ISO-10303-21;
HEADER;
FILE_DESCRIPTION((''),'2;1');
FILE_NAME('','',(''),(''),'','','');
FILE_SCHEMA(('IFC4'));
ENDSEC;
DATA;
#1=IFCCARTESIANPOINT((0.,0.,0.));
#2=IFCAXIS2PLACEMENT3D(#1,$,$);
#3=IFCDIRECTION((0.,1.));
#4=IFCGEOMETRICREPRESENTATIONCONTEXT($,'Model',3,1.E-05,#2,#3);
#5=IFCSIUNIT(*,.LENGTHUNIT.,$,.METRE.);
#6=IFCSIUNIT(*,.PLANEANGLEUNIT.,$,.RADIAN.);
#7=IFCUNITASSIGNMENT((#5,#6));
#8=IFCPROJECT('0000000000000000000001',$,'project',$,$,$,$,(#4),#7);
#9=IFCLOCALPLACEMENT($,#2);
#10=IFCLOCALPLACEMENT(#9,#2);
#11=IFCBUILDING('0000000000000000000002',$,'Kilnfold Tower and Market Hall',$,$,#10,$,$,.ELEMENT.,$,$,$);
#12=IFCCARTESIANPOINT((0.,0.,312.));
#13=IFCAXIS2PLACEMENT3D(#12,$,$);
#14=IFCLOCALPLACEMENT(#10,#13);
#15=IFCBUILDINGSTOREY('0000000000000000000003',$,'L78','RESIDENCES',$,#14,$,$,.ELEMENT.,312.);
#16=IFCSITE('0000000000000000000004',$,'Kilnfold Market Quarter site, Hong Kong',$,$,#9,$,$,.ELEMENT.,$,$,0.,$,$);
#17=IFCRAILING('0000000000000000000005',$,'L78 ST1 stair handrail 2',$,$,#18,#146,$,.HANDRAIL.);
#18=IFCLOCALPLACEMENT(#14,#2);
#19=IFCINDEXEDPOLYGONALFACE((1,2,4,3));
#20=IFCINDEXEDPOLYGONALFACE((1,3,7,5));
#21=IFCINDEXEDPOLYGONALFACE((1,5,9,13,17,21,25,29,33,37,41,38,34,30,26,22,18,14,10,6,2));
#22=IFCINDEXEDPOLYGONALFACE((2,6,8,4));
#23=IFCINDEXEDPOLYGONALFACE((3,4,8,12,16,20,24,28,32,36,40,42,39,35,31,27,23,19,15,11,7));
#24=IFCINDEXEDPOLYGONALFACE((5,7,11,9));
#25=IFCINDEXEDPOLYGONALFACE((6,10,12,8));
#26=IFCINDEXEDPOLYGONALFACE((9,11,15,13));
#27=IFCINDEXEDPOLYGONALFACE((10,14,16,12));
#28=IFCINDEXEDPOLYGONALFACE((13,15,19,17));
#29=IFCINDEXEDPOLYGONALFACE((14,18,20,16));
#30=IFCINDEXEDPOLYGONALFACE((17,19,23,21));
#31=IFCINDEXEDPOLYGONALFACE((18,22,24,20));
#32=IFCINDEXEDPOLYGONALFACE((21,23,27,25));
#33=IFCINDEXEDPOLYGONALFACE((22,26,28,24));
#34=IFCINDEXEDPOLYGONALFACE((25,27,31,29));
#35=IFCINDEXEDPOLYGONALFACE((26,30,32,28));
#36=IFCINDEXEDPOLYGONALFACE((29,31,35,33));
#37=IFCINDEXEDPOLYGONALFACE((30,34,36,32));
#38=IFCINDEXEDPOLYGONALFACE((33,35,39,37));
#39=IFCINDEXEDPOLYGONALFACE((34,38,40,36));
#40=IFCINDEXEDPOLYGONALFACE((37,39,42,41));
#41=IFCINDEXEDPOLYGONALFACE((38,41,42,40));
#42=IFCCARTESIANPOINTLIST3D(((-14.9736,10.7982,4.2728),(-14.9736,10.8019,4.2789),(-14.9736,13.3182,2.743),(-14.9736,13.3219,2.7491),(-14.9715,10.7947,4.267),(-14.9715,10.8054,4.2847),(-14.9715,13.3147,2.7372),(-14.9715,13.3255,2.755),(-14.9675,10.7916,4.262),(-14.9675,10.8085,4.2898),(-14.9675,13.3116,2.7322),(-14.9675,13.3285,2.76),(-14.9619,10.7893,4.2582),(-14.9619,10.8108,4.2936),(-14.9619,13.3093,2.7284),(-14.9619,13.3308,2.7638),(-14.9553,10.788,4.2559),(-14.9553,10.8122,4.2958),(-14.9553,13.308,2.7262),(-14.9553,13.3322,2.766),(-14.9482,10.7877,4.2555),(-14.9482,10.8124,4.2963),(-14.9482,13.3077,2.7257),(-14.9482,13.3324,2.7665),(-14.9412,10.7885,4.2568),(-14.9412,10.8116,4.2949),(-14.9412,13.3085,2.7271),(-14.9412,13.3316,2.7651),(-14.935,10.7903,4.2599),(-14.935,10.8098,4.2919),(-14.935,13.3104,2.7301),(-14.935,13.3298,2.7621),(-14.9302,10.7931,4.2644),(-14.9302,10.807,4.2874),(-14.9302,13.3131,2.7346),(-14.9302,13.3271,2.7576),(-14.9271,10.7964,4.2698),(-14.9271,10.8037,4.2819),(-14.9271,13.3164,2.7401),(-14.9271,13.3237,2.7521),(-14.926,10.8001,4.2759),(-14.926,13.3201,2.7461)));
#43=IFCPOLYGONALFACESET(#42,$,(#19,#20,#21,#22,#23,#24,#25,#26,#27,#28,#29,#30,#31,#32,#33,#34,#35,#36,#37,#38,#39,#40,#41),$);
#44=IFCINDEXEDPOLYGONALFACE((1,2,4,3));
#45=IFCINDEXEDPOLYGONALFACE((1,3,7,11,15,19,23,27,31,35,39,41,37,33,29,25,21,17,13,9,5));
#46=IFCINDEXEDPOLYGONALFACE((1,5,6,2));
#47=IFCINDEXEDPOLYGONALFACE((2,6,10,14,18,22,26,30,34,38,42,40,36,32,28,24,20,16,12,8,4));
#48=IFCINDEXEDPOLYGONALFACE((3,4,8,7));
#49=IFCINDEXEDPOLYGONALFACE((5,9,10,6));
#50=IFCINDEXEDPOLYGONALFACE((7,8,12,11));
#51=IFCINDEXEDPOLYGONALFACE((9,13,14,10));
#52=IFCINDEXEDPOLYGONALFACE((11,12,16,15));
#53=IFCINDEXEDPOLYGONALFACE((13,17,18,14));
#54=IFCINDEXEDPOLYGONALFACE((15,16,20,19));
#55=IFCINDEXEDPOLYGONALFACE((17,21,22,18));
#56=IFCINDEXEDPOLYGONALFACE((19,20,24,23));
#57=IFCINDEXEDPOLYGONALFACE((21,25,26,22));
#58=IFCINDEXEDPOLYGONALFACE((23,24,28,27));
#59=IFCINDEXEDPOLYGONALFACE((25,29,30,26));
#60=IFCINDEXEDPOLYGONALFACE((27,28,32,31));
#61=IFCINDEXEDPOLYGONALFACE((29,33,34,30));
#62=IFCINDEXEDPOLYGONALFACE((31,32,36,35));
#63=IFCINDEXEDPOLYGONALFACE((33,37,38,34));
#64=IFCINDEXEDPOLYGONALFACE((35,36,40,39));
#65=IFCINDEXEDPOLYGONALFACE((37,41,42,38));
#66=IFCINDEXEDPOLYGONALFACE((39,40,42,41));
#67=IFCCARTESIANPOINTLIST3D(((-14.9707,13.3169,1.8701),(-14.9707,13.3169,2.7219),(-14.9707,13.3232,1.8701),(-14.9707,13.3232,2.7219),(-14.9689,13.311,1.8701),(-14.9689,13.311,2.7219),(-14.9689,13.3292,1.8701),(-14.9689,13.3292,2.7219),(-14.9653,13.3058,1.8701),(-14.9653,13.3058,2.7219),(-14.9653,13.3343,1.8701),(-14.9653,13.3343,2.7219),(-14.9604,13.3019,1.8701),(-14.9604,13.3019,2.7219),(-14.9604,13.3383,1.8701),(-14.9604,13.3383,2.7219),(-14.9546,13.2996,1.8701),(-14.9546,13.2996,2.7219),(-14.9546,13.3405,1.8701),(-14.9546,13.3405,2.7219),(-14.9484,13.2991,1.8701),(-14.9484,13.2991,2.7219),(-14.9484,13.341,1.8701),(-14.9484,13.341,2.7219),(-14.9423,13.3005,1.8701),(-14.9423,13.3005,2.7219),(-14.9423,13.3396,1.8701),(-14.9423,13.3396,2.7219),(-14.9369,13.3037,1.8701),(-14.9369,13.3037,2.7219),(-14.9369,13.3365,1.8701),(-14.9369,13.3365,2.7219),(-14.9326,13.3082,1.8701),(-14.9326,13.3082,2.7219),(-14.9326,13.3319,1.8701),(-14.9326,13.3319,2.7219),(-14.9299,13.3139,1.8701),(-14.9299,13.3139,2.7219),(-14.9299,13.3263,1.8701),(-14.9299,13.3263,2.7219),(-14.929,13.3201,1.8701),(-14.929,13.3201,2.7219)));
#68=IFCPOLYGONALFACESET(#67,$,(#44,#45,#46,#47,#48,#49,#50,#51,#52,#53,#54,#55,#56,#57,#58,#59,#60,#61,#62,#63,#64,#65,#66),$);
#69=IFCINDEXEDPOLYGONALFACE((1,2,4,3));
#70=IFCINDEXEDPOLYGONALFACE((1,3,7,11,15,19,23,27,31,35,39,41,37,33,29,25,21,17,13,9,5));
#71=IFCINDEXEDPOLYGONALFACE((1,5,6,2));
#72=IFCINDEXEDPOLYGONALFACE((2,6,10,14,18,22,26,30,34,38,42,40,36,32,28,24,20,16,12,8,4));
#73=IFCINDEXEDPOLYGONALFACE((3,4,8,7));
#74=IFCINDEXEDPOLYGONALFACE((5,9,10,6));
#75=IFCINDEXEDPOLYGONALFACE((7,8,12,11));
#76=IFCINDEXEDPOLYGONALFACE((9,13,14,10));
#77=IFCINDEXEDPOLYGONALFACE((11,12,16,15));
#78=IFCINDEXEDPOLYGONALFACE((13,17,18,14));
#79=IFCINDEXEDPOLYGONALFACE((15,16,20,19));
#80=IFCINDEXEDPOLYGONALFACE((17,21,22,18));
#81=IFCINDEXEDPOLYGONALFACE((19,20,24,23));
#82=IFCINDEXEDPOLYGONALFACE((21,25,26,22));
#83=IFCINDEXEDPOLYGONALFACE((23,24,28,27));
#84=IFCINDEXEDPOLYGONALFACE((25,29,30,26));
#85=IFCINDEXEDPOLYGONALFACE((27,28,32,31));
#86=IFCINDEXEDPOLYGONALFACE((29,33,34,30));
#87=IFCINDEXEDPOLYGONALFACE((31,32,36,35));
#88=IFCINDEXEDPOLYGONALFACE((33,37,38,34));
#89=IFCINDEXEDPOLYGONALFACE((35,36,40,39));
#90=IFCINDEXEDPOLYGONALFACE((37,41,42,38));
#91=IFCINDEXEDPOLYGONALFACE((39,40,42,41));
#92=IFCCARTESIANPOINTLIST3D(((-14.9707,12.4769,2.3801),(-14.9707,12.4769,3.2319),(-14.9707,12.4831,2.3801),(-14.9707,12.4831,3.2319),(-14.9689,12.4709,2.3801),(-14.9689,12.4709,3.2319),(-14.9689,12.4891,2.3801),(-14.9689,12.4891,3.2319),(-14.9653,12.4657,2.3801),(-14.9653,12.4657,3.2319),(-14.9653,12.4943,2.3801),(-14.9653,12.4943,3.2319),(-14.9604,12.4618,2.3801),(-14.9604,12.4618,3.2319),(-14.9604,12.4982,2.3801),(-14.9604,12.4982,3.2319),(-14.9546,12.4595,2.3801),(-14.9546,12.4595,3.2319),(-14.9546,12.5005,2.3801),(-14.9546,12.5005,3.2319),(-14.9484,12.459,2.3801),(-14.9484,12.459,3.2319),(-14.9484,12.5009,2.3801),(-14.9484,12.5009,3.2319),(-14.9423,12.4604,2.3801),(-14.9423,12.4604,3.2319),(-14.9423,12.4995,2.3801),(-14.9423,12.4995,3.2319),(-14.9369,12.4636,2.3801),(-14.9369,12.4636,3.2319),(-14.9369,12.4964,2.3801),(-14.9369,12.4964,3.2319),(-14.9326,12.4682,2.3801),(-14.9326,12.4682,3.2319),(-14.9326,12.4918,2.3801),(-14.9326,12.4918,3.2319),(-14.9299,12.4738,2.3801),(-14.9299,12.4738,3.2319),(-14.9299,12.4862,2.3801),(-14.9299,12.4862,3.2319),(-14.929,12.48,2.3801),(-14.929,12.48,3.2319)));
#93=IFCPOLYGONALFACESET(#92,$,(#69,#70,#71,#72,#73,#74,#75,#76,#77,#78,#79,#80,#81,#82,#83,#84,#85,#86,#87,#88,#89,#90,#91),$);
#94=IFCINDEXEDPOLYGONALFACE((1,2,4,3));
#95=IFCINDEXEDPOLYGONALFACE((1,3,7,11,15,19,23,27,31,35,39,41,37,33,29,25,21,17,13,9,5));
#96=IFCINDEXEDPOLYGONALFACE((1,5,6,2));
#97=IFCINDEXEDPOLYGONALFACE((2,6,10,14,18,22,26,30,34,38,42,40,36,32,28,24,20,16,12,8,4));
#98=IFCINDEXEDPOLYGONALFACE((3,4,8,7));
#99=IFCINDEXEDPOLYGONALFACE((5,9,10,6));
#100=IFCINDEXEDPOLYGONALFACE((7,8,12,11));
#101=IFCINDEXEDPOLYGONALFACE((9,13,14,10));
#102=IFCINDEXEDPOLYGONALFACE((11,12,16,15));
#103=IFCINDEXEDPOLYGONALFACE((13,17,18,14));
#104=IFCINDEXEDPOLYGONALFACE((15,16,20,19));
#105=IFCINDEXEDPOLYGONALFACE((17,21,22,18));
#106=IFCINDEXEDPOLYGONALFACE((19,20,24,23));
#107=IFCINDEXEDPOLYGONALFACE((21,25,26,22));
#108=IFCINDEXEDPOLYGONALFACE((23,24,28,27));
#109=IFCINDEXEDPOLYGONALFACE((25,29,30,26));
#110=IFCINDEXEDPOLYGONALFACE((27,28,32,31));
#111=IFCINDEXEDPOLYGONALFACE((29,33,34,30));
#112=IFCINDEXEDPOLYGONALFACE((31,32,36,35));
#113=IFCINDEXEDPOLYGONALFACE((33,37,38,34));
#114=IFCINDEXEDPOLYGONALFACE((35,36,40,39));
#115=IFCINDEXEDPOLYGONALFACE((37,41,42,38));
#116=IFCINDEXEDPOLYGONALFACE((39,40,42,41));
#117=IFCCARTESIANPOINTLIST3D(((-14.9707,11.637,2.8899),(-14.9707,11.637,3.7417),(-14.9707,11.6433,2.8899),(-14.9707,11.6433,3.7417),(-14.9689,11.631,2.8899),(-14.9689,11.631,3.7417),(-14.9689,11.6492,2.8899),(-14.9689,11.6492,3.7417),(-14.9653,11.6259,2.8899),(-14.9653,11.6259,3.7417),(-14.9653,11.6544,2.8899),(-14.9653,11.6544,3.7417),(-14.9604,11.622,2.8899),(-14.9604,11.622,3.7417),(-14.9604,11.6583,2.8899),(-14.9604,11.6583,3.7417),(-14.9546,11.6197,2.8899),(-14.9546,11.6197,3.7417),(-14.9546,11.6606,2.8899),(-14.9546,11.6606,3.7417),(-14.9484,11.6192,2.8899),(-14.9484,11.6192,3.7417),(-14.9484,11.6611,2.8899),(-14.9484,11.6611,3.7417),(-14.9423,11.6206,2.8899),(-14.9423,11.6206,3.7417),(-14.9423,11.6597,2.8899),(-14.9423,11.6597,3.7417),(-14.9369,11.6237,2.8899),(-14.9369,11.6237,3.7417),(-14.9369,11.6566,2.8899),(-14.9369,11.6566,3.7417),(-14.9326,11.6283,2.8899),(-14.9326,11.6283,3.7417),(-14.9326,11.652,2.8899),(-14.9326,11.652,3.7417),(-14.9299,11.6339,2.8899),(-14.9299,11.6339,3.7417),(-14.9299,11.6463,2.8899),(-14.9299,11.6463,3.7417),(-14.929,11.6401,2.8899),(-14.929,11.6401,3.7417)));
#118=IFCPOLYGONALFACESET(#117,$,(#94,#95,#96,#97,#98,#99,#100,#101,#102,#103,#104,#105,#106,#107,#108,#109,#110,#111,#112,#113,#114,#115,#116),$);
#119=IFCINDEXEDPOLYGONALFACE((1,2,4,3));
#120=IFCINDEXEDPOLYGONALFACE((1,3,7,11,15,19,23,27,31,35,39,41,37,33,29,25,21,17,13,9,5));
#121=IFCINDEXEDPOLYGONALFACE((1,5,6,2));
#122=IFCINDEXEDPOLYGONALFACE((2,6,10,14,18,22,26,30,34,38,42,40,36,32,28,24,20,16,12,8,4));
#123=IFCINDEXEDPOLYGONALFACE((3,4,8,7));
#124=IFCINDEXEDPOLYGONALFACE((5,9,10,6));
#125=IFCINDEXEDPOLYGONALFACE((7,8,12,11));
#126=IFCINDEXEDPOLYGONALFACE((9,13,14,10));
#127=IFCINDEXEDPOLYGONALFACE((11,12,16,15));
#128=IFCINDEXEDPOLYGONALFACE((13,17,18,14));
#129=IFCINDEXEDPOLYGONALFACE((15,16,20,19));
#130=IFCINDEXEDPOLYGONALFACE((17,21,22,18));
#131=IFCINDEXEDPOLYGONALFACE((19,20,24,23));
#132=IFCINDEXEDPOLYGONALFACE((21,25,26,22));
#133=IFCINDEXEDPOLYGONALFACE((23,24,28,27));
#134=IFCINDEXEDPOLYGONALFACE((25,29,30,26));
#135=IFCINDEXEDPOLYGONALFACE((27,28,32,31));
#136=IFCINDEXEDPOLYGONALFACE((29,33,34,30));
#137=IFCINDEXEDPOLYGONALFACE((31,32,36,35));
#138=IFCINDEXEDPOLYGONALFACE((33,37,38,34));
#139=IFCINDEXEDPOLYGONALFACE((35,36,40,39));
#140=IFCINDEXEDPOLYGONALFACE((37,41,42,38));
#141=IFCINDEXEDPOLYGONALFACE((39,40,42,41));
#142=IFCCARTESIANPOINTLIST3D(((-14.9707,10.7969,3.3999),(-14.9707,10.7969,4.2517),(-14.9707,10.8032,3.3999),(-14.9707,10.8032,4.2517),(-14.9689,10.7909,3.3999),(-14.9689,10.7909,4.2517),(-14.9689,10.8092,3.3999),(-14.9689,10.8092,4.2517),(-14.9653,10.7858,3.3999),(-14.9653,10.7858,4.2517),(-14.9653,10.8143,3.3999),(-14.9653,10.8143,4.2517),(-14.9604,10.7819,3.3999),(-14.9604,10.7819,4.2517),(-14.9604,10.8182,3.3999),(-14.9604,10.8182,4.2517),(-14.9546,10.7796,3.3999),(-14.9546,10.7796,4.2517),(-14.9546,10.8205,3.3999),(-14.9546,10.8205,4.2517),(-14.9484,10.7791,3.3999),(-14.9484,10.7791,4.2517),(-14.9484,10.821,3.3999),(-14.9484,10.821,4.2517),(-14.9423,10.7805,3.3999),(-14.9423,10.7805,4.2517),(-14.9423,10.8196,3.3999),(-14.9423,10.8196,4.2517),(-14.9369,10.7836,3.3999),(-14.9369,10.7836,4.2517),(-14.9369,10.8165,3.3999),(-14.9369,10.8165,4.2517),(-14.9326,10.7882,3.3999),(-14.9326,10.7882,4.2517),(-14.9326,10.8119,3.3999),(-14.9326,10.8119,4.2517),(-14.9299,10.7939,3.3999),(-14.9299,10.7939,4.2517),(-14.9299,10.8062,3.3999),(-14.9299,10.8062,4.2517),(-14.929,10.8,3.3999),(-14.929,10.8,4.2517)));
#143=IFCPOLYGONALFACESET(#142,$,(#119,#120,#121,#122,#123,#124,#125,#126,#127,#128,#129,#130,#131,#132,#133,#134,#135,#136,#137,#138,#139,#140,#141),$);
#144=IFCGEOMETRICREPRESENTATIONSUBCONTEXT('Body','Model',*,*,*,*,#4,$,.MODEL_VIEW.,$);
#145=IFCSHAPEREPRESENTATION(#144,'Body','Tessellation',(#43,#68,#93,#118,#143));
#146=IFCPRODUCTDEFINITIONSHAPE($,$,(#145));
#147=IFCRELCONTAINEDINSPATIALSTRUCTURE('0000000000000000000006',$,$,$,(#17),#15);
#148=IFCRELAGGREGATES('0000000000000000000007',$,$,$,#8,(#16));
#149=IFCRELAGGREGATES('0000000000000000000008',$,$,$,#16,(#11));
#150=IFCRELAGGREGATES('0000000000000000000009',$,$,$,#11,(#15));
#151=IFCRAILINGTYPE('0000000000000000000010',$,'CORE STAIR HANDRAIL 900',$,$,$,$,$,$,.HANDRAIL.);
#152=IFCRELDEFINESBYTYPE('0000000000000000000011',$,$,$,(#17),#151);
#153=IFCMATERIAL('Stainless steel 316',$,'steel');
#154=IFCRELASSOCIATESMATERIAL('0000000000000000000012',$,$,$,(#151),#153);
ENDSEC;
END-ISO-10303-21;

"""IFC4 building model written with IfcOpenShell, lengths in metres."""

from ifc_helpers import new_model, si_unit, direction, frame, origin, origin_2d, place, context, subcontext, project, spatial, circle, extrude, material, type_object, element, save


model = new_model("IFC4")

# Units and contexts
model_context = context("Model", 3, precision=1e-05, world=origin(), true_north=direction((0.0, 1.0)))
body_context = subcontext(model_context, "Body", "Model", "MODEL_VIEW")
ifc_project = project(units=[si_unit("LENGTHUNIT", "METRE"), si_unit("PLANEANGLEUNIT", "RADIAN")], contexts=[model_context])

# Site, building, storey
site_placement = place(None, origin())
site = spatial("IfcSite", under=ifc_project, at=site_placement, Name="Kilnfold Market Quarter site, Hong Kong", CompositionType="ELEMENT", RefElevation=0.0)
building_placement = place(site_placement, origin())
building = spatial("IfcBuilding", under=site, at=building_placement, Name="Kilnfold Tower and Market Hall", CompositionType="ELEMENT")
storey_placement = place(building_placement, frame((0.0, 0.0, 312.0)))
storey = spatial("IfcBuildingStorey", under=building, at=storey_placement, Name="L78", Description="RESIDENCES", CompositionType="ELEMENT", Elevation=312.0)

# Railing
ifc_material_1 = material(Name="Stainless steel 316", Category="steel")
railing_type_1 = type_object("IfcRailingType", Name="CORE STAIR HANDRAIL 900", PredefinedType="HANDRAIL", material=ifc_material_1)
railing_1_placement = place(storey_placement, frame((-14.95, 13.3201, 1.8701)))
element("IfcRailing", 1, at=railing_1_placement, inside=storey, type_object=railing_type_1, Name="L78 ST1 stair handrail 2", PredefinedType="HANDRAIL", context=body_context, shape_type="SweptSolid", body=[
    extrude(circle(Radius=0.0239, at=origin_2d()), frame((0.0, 0.0, 0.876), z_axis=(0.0, -0.854822, 0.518922), x_axis=(1.0, 0.0, 0.0)), (0.0, 0.0, 1.0), 2.948),
    extrude(circle(Radius=0.021, at=origin_2d()), origin(), (0.0, 0.0, 1.0), 0.8518),
    extrude(circle(Radius=0.021, at=origin_2d()), frame((0.0, -0.8401, 0.51)), (0.0, 0.0, 1.0), 0.8518),
    extrude(circle(Radius=0.021, at=origin_2d()), frame((0.0, -1.6799, 1.0198)), (0.0, 0.0, 1.0), 0.8518),
    extrude(circle(Radius=0.021, at=origin_2d()), frame((0.0, -2.52, 1.5298)), (0.0, 0.0, 1.0), 0.8518),
])

save(model, "model.ifc")
